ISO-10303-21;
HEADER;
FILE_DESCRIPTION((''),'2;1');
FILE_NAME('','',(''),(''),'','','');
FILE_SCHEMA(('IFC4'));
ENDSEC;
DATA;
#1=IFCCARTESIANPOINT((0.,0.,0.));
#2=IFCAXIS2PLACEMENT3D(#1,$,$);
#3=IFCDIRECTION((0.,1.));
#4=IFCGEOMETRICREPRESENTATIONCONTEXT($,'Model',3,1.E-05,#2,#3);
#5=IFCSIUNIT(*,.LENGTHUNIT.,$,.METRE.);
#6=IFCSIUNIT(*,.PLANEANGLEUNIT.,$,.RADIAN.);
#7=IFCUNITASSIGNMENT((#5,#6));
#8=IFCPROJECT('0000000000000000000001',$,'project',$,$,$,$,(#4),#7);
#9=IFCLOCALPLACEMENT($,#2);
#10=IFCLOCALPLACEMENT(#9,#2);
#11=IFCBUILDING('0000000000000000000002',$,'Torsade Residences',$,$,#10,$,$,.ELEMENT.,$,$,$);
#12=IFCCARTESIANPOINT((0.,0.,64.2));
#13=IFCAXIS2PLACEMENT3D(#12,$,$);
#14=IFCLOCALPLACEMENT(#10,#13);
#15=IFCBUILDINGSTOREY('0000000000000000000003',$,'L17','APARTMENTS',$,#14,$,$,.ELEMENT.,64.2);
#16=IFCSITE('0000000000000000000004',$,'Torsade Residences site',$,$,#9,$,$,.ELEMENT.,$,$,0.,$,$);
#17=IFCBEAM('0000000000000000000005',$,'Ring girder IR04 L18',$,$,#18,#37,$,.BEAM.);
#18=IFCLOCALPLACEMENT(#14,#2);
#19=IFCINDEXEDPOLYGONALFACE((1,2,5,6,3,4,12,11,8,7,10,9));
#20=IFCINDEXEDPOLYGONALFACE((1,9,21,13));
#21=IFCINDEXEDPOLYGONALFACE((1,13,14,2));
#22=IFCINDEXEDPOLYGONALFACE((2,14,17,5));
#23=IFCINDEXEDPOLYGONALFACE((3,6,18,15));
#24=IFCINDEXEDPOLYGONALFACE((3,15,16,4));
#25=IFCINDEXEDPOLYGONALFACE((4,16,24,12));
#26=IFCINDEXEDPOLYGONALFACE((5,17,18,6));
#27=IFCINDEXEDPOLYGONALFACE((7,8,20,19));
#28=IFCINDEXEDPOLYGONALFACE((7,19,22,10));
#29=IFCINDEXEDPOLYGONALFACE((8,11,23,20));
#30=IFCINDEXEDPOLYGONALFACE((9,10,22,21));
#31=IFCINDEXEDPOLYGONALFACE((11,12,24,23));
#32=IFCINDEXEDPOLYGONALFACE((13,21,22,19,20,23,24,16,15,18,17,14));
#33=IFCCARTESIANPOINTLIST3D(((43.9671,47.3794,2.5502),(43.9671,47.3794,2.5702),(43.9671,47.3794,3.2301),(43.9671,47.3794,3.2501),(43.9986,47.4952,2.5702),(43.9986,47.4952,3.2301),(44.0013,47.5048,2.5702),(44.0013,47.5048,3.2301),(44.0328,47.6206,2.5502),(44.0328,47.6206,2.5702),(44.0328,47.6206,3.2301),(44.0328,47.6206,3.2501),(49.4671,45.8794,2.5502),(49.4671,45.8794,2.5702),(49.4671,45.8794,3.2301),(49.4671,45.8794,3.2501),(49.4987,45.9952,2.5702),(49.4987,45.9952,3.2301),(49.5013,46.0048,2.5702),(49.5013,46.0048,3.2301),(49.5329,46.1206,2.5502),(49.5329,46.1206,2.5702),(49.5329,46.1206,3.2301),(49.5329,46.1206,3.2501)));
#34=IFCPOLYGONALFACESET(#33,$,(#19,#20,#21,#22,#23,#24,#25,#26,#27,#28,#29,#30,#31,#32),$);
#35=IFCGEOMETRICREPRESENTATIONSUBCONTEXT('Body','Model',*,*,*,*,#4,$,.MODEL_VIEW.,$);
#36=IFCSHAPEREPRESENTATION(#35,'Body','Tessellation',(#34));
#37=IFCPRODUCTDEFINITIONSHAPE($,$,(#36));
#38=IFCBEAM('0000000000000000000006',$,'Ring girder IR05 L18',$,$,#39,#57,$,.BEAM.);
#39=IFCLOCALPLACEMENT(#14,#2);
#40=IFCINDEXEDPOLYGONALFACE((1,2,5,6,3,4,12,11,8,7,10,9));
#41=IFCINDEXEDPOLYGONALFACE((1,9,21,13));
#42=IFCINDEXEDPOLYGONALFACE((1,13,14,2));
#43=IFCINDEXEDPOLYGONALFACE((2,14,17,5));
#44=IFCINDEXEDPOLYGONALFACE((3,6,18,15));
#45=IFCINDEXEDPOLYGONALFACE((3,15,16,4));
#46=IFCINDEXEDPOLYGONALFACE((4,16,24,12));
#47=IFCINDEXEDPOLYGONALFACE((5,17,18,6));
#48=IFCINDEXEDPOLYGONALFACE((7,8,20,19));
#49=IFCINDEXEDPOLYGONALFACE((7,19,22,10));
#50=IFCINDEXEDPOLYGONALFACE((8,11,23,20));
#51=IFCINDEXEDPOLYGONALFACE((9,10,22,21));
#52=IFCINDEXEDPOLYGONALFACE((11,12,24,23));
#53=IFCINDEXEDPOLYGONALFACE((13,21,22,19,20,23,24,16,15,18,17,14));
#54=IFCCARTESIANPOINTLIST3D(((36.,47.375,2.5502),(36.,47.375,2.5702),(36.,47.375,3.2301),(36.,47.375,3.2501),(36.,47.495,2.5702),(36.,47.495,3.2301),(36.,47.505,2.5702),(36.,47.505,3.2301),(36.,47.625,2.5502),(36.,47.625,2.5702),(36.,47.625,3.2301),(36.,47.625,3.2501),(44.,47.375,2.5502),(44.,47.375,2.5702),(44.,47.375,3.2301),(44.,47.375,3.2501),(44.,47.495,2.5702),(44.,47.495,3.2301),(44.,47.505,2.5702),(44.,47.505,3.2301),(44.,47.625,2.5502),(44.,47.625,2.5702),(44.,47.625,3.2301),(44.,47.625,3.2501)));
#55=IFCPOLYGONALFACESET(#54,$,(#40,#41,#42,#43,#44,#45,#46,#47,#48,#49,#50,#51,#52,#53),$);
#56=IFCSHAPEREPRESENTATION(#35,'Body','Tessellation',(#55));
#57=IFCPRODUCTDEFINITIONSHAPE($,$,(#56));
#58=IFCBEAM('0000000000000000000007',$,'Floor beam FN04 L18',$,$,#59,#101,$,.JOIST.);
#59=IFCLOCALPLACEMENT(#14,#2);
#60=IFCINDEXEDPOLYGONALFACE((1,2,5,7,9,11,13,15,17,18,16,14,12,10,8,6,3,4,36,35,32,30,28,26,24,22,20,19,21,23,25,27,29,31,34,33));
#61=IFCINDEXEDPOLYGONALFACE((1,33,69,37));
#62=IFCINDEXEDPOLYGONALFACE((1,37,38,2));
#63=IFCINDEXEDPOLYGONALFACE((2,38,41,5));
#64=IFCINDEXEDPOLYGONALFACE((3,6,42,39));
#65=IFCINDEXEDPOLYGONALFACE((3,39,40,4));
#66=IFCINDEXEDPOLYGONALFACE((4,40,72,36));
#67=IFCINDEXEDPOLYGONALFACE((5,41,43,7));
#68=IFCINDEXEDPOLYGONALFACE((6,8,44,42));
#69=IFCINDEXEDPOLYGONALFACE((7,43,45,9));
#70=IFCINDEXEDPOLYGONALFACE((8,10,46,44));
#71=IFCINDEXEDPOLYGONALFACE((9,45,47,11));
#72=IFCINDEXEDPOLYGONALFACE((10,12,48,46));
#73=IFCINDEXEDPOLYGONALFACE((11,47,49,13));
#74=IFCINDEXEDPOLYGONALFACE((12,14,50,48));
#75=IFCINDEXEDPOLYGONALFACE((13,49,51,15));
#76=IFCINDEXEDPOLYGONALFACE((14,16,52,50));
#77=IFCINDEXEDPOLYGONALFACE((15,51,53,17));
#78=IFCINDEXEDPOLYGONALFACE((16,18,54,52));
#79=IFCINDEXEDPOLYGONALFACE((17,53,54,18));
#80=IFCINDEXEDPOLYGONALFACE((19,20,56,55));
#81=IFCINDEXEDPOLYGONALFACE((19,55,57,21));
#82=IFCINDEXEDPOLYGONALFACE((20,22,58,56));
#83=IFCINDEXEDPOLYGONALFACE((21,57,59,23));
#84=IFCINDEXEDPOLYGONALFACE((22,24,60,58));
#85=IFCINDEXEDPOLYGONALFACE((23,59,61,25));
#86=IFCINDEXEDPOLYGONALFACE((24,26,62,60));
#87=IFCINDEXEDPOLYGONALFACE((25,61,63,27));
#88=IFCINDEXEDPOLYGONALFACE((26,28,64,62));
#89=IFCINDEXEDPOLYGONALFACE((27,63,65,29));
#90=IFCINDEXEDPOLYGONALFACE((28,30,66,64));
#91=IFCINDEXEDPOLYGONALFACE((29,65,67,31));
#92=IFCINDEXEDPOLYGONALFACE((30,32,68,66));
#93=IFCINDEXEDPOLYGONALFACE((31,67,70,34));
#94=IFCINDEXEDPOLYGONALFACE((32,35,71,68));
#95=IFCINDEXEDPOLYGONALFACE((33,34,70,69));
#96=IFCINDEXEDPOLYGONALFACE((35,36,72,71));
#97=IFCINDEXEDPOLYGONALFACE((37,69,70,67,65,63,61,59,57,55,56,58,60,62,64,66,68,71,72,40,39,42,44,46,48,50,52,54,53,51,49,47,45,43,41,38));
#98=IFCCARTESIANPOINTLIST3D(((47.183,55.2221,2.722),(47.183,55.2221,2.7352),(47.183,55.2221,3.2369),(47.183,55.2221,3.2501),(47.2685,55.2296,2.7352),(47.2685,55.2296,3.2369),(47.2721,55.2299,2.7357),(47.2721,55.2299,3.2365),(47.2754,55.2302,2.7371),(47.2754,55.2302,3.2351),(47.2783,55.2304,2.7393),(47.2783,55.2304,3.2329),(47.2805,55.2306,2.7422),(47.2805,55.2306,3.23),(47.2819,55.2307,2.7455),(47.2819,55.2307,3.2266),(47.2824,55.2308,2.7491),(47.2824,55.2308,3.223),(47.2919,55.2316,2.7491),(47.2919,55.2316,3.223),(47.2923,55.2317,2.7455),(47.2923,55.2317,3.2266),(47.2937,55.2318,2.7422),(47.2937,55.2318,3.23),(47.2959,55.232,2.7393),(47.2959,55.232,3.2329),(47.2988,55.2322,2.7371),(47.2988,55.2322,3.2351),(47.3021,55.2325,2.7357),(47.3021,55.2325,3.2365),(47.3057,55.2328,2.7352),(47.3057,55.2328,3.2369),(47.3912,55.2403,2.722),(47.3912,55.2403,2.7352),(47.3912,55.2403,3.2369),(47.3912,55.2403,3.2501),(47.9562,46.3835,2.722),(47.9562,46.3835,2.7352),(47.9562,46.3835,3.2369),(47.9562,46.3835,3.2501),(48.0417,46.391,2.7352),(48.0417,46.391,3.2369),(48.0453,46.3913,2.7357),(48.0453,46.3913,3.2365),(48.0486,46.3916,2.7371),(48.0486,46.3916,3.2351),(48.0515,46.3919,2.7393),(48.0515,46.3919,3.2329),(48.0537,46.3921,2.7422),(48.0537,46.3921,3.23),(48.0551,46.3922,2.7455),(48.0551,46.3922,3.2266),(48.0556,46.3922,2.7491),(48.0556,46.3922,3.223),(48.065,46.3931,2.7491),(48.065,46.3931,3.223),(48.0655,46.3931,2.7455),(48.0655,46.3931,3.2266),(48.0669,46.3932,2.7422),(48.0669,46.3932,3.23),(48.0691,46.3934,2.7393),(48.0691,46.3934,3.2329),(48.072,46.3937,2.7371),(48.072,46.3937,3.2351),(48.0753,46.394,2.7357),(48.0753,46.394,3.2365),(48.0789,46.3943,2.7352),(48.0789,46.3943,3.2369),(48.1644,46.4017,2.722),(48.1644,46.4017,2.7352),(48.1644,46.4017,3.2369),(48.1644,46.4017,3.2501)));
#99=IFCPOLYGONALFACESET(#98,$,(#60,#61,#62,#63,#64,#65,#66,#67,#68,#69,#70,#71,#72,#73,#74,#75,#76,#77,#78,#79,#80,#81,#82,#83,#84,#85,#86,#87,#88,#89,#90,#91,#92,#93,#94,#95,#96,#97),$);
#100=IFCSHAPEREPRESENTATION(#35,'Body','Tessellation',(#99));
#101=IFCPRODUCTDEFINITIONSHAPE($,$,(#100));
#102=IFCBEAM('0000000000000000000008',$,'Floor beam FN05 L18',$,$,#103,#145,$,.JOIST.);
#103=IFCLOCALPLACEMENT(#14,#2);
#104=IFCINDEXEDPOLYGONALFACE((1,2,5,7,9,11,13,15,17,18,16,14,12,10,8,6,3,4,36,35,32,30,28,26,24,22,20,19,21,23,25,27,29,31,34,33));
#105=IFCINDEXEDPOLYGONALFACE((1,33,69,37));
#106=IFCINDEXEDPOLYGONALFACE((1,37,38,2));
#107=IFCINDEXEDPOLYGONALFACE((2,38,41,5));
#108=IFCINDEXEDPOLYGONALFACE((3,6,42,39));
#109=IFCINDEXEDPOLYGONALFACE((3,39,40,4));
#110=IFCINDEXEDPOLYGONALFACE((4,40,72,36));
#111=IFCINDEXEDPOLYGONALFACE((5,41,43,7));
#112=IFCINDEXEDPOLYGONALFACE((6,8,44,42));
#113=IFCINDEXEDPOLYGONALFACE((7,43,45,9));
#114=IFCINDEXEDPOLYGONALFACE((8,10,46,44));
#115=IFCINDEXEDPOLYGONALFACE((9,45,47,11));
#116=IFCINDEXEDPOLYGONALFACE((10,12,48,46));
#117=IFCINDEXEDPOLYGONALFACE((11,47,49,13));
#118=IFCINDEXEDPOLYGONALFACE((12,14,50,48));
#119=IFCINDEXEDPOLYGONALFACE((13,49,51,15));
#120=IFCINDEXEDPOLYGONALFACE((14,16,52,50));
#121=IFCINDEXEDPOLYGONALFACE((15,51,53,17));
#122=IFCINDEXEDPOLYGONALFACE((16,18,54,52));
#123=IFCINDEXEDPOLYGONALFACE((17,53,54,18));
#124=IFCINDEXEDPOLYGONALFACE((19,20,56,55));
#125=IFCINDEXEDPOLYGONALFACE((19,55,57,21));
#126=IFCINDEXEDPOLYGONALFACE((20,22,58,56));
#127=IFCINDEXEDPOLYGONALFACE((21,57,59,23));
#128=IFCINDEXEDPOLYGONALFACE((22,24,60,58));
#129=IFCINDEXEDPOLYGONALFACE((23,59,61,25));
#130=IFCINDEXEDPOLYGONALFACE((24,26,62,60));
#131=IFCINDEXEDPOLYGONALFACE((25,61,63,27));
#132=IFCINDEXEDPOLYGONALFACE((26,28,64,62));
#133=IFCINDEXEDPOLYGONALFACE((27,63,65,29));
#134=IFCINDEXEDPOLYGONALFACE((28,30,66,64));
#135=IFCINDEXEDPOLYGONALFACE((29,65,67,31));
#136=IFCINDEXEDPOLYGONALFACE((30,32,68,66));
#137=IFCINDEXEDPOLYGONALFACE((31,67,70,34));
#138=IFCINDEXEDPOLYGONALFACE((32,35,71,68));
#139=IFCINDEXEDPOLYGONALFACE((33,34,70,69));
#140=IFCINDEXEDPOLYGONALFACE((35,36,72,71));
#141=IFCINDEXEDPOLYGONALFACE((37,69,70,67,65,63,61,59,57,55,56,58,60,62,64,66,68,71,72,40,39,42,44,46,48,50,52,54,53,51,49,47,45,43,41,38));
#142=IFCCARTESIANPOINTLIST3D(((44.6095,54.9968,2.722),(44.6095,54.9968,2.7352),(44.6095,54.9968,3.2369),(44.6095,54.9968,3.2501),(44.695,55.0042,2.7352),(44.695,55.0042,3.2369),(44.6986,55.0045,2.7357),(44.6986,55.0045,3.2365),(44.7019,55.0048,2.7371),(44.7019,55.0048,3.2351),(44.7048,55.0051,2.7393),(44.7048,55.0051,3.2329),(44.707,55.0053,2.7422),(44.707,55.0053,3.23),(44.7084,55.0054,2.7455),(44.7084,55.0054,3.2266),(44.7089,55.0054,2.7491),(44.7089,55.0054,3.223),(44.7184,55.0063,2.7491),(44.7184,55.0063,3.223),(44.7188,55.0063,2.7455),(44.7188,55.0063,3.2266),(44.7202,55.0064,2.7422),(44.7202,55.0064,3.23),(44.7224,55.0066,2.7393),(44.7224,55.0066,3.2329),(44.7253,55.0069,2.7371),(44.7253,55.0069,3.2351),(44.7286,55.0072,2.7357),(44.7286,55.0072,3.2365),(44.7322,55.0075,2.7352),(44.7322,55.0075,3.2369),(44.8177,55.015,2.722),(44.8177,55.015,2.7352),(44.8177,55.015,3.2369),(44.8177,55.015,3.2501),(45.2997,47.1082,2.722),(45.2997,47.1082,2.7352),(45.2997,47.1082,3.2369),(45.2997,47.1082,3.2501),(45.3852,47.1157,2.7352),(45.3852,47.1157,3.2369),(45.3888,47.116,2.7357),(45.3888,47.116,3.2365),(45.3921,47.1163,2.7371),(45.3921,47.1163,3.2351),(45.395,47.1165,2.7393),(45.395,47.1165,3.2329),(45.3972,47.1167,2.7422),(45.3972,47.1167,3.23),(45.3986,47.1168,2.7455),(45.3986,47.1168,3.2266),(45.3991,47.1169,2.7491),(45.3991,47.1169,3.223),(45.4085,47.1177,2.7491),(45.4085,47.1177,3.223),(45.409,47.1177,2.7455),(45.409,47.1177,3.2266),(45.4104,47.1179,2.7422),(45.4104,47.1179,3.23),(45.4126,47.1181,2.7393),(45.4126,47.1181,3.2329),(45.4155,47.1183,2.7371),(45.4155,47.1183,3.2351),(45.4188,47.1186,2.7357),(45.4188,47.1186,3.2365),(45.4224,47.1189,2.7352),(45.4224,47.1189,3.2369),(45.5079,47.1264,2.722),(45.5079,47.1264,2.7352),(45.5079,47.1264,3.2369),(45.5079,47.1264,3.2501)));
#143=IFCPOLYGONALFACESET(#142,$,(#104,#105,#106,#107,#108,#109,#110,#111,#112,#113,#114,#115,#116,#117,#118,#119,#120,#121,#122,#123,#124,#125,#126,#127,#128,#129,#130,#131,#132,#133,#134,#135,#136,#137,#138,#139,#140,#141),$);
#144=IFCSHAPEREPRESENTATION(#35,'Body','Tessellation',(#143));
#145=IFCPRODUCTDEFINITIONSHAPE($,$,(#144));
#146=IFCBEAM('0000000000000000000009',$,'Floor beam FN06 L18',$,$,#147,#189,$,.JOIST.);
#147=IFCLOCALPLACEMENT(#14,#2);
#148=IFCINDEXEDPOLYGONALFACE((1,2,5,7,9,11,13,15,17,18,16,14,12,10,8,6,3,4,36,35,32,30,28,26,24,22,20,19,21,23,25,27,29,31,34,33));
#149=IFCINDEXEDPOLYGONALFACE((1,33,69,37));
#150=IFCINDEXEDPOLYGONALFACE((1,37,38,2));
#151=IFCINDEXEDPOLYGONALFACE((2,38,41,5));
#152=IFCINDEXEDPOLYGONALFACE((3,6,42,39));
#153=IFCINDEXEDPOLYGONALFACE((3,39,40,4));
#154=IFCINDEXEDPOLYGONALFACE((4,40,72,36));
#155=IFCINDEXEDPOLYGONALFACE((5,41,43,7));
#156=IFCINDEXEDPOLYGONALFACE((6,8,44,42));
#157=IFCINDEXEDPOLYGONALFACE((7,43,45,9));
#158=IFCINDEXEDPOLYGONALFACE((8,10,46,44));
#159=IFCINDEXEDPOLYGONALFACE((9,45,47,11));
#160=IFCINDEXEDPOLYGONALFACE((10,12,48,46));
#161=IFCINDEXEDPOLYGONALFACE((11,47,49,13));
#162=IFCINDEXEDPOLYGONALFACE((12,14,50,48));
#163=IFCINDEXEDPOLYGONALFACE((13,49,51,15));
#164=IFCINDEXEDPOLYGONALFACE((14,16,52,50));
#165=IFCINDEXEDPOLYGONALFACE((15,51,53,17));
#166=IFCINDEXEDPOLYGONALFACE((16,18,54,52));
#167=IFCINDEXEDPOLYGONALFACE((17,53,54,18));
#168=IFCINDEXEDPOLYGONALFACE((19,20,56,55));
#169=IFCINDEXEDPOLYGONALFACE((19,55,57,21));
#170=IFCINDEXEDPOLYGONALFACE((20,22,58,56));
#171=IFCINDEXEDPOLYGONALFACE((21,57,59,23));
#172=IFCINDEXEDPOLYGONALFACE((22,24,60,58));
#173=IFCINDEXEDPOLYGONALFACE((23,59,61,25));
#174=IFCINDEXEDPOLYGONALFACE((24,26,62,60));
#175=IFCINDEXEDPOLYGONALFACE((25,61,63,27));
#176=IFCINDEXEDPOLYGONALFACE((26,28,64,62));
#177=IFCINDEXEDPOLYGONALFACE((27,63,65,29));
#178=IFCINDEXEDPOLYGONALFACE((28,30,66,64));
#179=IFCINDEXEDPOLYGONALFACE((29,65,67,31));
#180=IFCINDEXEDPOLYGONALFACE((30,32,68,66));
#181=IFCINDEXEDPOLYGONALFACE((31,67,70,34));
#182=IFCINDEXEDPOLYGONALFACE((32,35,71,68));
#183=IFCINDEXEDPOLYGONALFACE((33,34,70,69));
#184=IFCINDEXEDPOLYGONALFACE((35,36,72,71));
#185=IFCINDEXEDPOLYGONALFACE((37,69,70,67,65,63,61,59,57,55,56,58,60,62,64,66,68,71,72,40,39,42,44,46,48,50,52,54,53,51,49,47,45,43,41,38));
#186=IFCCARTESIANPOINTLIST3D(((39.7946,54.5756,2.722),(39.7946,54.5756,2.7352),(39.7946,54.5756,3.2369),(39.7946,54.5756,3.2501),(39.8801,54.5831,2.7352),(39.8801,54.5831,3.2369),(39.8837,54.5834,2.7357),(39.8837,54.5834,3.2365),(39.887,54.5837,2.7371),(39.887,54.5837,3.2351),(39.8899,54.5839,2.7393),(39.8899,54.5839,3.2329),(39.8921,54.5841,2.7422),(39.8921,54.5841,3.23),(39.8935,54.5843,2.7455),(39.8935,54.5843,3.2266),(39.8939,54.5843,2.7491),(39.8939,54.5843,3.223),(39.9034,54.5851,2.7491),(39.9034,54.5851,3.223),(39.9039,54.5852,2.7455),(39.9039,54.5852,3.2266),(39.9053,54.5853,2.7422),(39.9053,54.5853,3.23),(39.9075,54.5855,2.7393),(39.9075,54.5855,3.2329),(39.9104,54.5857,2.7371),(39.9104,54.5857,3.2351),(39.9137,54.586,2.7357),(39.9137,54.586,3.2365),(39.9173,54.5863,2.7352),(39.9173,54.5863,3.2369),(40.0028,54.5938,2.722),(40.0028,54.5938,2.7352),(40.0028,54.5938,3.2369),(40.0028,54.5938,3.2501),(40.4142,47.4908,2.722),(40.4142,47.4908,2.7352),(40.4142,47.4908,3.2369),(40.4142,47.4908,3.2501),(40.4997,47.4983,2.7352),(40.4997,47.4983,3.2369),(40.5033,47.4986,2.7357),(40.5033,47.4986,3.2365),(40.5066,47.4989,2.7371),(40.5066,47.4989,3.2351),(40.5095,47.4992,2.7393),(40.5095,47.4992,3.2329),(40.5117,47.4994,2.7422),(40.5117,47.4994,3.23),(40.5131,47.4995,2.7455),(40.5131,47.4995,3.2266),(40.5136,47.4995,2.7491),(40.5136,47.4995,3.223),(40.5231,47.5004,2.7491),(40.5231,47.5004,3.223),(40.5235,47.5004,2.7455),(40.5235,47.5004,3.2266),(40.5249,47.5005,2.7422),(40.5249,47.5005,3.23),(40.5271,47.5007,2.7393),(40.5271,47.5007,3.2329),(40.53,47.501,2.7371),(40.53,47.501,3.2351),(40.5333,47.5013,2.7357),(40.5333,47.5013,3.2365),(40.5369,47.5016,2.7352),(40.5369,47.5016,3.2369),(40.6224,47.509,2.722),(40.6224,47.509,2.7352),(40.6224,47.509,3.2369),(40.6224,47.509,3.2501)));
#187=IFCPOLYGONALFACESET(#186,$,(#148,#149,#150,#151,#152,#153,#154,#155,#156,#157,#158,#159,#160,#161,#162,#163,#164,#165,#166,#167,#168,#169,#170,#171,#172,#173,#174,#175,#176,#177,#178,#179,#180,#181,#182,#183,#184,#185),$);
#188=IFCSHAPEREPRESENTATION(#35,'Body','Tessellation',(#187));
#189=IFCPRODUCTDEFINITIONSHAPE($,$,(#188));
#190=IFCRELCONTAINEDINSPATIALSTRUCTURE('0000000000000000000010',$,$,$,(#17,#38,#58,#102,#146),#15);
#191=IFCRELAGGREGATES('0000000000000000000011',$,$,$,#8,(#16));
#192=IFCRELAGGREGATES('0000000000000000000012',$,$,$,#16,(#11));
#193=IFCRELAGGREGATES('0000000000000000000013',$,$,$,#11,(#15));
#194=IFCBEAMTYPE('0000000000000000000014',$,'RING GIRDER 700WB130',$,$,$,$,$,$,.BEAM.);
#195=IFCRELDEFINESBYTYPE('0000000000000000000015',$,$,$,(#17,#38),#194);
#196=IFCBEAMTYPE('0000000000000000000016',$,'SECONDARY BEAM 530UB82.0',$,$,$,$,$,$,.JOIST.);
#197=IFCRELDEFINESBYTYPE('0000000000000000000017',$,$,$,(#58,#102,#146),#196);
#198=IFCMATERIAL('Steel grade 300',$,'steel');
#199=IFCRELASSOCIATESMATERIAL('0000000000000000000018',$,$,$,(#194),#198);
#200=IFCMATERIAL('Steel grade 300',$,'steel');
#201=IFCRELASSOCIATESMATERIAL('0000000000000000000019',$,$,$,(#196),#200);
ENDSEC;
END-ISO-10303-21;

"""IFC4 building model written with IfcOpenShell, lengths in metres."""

from ifc_helpers import new_model, si_unit, direction, frame, origin, origin_2d, place, context, subcontext, project, spatial, i_section, extrude, material, material_profile, profile_set, type_object, element, save


model = new_model("IFC4")

# Units and contexts
model_context = context("Model", 3, precision=1e-05, world=origin(), true_north=direction((0.0, 1.0)))
body_context = subcontext(model_context, "Body", "Model", "MODEL_VIEW")
ifc_project = project(units=[si_unit("LENGTHUNIT", "METRE"), si_unit("PLANEANGLEUNIT", "RADIAN")], contexts=[model_context])

# Site, building, storey
site_placement = place(None, origin())
site = spatial("IfcSite", under=ifc_project, at=site_placement, Name="Torsade Residences site", CompositionType="ELEMENT", RefElevation=0.0)
building_placement = place(site_placement, origin())
building = spatial("IfcBuilding", under=site, at=building_placement, Name="Torsade Residences", CompositionType="ELEMENT")
storey_placement = place(building_placement, frame((0.0, 0.0, 64.2)))
storey = spatial("IfcBuildingStorey", under=building, at=storey_placement, Name="L17", Description="APARTMENTS", CompositionType="ELEMENT", Elevation=64.2)

# Beams
ifc_material_1 = material(Name="Steel grade 300", Category="steel")
ifc_material_profile_1 = material_profile(ifc_material_1, i_section(OverallWidth=0.25, OverallDepth=0.7, WebThickness=0.01, FlangeThickness=0.02, at=origin_2d()), Name="700WB130")
ifc_profile_set_1 = profile_set([ifc_material_profile_1], Name="Steel grade 300")
beam_type_1 = type_object("IfcBeamType", Name="RING GIRDER 700WB130", PredefinedType="BEAM", material=ifc_profile_set_1)
beam_1_placement = place(storey_placement, frame((49.5, 46.0, 2.9001), z_axis=(-0.964764, 0.263117, 0.0), x_axis=(-0.263117, -0.964764, 0.0)))
element("IfcBeam", 1, at=beam_1_placement, inside=storey, type_object=beam_type_1, Name="Ring girder IR04 L18", PredefinedType="BEAM", context=body_context, shape_type="SweptSolid", body=[
    extrude(i_section(OverallWidth=0.25, OverallDepth=0.7, WebThickness=0.01, FlangeThickness=0.02, at=origin_2d()), origin(), (0.0, 0.0, 1.0), 5.7009),
])
beam_2_placement = place(storey_placement, frame((44.0, 47.5, 2.9001), z_axis=(-1.0, 0.0, 0.0), x_axis=(0.0, -1.0, 0.0)))
element("IfcBeam", 2, at=beam_2_placement, inside=storey, type_object=beam_type_1, Name="Ring girder IR05 L18", PredefinedType="BEAM", context=body_context, shape_type="SweptSolid", body=[
    extrude(i_section(OverallWidth=0.25, OverallDepth=0.7, WebThickness=0.01, FlangeThickness=0.02, at=origin_2d()), origin(), (0.0, 0.0, 1.0), 8.0),
])
ifc_material_2 = material(Name="Steel grade 300", Category="steel")
ifc_material_profile_2 = material_profile(ifc_material_2, i_section(OverallWidth=0.209, OverallDepth=0.5281, WebThickness=0.0095, FlangeThickness=0.0132, FilletRadius=0.0139, at=origin_2d()), Name="530UB82.0")
ifc_profile_set_2 = profile_set([ifc_material_profile_2], Name="Steel grade 300")
beam_type_2 = type_object("IfcBeamType", Name="SECONDARY BEAM 530UB82.0", PredefinedType="JOIST", material=ifc_profile_set_2)
beam_3_placement = place(storey_placement, frame((47.2871, 55.2312, 2.9861), z_axis=(0.087146, -0.996196, 0.0), x_axis=(0.996196, 0.087146, 0.0)))
element("IfcBeam", 3, at=beam_3_placement, inside=storey, type_object=beam_type_2, Name="Floor beam FN04 L18", PredefinedType="JOIST", context=body_context, shape_type="SweptSolid", body=[
    extrude(i_section(OverallWidth=0.209, OverallDepth=0.5281, WebThickness=0.0095, FlangeThickness=0.0132, FilletRadius=0.0139, at=origin_2d()), origin(), (0.0, 0.0, 1.0), 8.8723),
])
beam_4_placement = place(storey_placement, frame((44.7136, 55.0059, 2.9861), z_axis=(0.087158, -0.996195, 0.0), x_axis=(0.996195, 0.087158, 0.0)))
element("IfcBeam", 4, at=beam_4_placement, inside=storey, type_object=beam_type_2, Name="Floor beam FN05 L18", PredefinedType="JOIST", context=body_context, shape_type="SweptSolid", body=[
    extrude(i_section(OverallWidth=0.209, OverallDepth=0.5281, WebThickness=0.0095, FlangeThickness=0.0132, FilletRadius=0.0139, at=origin_2d()), origin(), (0.0, 0.0, 1.0), 7.9187),
])
beam_5_placement = place(storey_placement, frame((39.8987, 54.5847, 2.9861), z_axis=(0.087127, -0.996197, 0.0), x_axis=(0.996197, 0.087127, 0.0)))
element("IfcBeam", 5, at=beam_5_placement, inside=storey, type_object=beam_type_2, Name="Floor beam FN06 L18", PredefinedType="JOIST", context=body_context, shape_type="SweptSolid", body=[
    extrude(i_section(OverallWidth=0.209, OverallDepth=0.5281, WebThickness=0.0095, FlangeThickness=0.0132, FilletRadius=0.0139, at=origin_2d()), origin(), (0.0, 0.0, 1.0), 7.1118),
])

save(model, "model.ifc")
